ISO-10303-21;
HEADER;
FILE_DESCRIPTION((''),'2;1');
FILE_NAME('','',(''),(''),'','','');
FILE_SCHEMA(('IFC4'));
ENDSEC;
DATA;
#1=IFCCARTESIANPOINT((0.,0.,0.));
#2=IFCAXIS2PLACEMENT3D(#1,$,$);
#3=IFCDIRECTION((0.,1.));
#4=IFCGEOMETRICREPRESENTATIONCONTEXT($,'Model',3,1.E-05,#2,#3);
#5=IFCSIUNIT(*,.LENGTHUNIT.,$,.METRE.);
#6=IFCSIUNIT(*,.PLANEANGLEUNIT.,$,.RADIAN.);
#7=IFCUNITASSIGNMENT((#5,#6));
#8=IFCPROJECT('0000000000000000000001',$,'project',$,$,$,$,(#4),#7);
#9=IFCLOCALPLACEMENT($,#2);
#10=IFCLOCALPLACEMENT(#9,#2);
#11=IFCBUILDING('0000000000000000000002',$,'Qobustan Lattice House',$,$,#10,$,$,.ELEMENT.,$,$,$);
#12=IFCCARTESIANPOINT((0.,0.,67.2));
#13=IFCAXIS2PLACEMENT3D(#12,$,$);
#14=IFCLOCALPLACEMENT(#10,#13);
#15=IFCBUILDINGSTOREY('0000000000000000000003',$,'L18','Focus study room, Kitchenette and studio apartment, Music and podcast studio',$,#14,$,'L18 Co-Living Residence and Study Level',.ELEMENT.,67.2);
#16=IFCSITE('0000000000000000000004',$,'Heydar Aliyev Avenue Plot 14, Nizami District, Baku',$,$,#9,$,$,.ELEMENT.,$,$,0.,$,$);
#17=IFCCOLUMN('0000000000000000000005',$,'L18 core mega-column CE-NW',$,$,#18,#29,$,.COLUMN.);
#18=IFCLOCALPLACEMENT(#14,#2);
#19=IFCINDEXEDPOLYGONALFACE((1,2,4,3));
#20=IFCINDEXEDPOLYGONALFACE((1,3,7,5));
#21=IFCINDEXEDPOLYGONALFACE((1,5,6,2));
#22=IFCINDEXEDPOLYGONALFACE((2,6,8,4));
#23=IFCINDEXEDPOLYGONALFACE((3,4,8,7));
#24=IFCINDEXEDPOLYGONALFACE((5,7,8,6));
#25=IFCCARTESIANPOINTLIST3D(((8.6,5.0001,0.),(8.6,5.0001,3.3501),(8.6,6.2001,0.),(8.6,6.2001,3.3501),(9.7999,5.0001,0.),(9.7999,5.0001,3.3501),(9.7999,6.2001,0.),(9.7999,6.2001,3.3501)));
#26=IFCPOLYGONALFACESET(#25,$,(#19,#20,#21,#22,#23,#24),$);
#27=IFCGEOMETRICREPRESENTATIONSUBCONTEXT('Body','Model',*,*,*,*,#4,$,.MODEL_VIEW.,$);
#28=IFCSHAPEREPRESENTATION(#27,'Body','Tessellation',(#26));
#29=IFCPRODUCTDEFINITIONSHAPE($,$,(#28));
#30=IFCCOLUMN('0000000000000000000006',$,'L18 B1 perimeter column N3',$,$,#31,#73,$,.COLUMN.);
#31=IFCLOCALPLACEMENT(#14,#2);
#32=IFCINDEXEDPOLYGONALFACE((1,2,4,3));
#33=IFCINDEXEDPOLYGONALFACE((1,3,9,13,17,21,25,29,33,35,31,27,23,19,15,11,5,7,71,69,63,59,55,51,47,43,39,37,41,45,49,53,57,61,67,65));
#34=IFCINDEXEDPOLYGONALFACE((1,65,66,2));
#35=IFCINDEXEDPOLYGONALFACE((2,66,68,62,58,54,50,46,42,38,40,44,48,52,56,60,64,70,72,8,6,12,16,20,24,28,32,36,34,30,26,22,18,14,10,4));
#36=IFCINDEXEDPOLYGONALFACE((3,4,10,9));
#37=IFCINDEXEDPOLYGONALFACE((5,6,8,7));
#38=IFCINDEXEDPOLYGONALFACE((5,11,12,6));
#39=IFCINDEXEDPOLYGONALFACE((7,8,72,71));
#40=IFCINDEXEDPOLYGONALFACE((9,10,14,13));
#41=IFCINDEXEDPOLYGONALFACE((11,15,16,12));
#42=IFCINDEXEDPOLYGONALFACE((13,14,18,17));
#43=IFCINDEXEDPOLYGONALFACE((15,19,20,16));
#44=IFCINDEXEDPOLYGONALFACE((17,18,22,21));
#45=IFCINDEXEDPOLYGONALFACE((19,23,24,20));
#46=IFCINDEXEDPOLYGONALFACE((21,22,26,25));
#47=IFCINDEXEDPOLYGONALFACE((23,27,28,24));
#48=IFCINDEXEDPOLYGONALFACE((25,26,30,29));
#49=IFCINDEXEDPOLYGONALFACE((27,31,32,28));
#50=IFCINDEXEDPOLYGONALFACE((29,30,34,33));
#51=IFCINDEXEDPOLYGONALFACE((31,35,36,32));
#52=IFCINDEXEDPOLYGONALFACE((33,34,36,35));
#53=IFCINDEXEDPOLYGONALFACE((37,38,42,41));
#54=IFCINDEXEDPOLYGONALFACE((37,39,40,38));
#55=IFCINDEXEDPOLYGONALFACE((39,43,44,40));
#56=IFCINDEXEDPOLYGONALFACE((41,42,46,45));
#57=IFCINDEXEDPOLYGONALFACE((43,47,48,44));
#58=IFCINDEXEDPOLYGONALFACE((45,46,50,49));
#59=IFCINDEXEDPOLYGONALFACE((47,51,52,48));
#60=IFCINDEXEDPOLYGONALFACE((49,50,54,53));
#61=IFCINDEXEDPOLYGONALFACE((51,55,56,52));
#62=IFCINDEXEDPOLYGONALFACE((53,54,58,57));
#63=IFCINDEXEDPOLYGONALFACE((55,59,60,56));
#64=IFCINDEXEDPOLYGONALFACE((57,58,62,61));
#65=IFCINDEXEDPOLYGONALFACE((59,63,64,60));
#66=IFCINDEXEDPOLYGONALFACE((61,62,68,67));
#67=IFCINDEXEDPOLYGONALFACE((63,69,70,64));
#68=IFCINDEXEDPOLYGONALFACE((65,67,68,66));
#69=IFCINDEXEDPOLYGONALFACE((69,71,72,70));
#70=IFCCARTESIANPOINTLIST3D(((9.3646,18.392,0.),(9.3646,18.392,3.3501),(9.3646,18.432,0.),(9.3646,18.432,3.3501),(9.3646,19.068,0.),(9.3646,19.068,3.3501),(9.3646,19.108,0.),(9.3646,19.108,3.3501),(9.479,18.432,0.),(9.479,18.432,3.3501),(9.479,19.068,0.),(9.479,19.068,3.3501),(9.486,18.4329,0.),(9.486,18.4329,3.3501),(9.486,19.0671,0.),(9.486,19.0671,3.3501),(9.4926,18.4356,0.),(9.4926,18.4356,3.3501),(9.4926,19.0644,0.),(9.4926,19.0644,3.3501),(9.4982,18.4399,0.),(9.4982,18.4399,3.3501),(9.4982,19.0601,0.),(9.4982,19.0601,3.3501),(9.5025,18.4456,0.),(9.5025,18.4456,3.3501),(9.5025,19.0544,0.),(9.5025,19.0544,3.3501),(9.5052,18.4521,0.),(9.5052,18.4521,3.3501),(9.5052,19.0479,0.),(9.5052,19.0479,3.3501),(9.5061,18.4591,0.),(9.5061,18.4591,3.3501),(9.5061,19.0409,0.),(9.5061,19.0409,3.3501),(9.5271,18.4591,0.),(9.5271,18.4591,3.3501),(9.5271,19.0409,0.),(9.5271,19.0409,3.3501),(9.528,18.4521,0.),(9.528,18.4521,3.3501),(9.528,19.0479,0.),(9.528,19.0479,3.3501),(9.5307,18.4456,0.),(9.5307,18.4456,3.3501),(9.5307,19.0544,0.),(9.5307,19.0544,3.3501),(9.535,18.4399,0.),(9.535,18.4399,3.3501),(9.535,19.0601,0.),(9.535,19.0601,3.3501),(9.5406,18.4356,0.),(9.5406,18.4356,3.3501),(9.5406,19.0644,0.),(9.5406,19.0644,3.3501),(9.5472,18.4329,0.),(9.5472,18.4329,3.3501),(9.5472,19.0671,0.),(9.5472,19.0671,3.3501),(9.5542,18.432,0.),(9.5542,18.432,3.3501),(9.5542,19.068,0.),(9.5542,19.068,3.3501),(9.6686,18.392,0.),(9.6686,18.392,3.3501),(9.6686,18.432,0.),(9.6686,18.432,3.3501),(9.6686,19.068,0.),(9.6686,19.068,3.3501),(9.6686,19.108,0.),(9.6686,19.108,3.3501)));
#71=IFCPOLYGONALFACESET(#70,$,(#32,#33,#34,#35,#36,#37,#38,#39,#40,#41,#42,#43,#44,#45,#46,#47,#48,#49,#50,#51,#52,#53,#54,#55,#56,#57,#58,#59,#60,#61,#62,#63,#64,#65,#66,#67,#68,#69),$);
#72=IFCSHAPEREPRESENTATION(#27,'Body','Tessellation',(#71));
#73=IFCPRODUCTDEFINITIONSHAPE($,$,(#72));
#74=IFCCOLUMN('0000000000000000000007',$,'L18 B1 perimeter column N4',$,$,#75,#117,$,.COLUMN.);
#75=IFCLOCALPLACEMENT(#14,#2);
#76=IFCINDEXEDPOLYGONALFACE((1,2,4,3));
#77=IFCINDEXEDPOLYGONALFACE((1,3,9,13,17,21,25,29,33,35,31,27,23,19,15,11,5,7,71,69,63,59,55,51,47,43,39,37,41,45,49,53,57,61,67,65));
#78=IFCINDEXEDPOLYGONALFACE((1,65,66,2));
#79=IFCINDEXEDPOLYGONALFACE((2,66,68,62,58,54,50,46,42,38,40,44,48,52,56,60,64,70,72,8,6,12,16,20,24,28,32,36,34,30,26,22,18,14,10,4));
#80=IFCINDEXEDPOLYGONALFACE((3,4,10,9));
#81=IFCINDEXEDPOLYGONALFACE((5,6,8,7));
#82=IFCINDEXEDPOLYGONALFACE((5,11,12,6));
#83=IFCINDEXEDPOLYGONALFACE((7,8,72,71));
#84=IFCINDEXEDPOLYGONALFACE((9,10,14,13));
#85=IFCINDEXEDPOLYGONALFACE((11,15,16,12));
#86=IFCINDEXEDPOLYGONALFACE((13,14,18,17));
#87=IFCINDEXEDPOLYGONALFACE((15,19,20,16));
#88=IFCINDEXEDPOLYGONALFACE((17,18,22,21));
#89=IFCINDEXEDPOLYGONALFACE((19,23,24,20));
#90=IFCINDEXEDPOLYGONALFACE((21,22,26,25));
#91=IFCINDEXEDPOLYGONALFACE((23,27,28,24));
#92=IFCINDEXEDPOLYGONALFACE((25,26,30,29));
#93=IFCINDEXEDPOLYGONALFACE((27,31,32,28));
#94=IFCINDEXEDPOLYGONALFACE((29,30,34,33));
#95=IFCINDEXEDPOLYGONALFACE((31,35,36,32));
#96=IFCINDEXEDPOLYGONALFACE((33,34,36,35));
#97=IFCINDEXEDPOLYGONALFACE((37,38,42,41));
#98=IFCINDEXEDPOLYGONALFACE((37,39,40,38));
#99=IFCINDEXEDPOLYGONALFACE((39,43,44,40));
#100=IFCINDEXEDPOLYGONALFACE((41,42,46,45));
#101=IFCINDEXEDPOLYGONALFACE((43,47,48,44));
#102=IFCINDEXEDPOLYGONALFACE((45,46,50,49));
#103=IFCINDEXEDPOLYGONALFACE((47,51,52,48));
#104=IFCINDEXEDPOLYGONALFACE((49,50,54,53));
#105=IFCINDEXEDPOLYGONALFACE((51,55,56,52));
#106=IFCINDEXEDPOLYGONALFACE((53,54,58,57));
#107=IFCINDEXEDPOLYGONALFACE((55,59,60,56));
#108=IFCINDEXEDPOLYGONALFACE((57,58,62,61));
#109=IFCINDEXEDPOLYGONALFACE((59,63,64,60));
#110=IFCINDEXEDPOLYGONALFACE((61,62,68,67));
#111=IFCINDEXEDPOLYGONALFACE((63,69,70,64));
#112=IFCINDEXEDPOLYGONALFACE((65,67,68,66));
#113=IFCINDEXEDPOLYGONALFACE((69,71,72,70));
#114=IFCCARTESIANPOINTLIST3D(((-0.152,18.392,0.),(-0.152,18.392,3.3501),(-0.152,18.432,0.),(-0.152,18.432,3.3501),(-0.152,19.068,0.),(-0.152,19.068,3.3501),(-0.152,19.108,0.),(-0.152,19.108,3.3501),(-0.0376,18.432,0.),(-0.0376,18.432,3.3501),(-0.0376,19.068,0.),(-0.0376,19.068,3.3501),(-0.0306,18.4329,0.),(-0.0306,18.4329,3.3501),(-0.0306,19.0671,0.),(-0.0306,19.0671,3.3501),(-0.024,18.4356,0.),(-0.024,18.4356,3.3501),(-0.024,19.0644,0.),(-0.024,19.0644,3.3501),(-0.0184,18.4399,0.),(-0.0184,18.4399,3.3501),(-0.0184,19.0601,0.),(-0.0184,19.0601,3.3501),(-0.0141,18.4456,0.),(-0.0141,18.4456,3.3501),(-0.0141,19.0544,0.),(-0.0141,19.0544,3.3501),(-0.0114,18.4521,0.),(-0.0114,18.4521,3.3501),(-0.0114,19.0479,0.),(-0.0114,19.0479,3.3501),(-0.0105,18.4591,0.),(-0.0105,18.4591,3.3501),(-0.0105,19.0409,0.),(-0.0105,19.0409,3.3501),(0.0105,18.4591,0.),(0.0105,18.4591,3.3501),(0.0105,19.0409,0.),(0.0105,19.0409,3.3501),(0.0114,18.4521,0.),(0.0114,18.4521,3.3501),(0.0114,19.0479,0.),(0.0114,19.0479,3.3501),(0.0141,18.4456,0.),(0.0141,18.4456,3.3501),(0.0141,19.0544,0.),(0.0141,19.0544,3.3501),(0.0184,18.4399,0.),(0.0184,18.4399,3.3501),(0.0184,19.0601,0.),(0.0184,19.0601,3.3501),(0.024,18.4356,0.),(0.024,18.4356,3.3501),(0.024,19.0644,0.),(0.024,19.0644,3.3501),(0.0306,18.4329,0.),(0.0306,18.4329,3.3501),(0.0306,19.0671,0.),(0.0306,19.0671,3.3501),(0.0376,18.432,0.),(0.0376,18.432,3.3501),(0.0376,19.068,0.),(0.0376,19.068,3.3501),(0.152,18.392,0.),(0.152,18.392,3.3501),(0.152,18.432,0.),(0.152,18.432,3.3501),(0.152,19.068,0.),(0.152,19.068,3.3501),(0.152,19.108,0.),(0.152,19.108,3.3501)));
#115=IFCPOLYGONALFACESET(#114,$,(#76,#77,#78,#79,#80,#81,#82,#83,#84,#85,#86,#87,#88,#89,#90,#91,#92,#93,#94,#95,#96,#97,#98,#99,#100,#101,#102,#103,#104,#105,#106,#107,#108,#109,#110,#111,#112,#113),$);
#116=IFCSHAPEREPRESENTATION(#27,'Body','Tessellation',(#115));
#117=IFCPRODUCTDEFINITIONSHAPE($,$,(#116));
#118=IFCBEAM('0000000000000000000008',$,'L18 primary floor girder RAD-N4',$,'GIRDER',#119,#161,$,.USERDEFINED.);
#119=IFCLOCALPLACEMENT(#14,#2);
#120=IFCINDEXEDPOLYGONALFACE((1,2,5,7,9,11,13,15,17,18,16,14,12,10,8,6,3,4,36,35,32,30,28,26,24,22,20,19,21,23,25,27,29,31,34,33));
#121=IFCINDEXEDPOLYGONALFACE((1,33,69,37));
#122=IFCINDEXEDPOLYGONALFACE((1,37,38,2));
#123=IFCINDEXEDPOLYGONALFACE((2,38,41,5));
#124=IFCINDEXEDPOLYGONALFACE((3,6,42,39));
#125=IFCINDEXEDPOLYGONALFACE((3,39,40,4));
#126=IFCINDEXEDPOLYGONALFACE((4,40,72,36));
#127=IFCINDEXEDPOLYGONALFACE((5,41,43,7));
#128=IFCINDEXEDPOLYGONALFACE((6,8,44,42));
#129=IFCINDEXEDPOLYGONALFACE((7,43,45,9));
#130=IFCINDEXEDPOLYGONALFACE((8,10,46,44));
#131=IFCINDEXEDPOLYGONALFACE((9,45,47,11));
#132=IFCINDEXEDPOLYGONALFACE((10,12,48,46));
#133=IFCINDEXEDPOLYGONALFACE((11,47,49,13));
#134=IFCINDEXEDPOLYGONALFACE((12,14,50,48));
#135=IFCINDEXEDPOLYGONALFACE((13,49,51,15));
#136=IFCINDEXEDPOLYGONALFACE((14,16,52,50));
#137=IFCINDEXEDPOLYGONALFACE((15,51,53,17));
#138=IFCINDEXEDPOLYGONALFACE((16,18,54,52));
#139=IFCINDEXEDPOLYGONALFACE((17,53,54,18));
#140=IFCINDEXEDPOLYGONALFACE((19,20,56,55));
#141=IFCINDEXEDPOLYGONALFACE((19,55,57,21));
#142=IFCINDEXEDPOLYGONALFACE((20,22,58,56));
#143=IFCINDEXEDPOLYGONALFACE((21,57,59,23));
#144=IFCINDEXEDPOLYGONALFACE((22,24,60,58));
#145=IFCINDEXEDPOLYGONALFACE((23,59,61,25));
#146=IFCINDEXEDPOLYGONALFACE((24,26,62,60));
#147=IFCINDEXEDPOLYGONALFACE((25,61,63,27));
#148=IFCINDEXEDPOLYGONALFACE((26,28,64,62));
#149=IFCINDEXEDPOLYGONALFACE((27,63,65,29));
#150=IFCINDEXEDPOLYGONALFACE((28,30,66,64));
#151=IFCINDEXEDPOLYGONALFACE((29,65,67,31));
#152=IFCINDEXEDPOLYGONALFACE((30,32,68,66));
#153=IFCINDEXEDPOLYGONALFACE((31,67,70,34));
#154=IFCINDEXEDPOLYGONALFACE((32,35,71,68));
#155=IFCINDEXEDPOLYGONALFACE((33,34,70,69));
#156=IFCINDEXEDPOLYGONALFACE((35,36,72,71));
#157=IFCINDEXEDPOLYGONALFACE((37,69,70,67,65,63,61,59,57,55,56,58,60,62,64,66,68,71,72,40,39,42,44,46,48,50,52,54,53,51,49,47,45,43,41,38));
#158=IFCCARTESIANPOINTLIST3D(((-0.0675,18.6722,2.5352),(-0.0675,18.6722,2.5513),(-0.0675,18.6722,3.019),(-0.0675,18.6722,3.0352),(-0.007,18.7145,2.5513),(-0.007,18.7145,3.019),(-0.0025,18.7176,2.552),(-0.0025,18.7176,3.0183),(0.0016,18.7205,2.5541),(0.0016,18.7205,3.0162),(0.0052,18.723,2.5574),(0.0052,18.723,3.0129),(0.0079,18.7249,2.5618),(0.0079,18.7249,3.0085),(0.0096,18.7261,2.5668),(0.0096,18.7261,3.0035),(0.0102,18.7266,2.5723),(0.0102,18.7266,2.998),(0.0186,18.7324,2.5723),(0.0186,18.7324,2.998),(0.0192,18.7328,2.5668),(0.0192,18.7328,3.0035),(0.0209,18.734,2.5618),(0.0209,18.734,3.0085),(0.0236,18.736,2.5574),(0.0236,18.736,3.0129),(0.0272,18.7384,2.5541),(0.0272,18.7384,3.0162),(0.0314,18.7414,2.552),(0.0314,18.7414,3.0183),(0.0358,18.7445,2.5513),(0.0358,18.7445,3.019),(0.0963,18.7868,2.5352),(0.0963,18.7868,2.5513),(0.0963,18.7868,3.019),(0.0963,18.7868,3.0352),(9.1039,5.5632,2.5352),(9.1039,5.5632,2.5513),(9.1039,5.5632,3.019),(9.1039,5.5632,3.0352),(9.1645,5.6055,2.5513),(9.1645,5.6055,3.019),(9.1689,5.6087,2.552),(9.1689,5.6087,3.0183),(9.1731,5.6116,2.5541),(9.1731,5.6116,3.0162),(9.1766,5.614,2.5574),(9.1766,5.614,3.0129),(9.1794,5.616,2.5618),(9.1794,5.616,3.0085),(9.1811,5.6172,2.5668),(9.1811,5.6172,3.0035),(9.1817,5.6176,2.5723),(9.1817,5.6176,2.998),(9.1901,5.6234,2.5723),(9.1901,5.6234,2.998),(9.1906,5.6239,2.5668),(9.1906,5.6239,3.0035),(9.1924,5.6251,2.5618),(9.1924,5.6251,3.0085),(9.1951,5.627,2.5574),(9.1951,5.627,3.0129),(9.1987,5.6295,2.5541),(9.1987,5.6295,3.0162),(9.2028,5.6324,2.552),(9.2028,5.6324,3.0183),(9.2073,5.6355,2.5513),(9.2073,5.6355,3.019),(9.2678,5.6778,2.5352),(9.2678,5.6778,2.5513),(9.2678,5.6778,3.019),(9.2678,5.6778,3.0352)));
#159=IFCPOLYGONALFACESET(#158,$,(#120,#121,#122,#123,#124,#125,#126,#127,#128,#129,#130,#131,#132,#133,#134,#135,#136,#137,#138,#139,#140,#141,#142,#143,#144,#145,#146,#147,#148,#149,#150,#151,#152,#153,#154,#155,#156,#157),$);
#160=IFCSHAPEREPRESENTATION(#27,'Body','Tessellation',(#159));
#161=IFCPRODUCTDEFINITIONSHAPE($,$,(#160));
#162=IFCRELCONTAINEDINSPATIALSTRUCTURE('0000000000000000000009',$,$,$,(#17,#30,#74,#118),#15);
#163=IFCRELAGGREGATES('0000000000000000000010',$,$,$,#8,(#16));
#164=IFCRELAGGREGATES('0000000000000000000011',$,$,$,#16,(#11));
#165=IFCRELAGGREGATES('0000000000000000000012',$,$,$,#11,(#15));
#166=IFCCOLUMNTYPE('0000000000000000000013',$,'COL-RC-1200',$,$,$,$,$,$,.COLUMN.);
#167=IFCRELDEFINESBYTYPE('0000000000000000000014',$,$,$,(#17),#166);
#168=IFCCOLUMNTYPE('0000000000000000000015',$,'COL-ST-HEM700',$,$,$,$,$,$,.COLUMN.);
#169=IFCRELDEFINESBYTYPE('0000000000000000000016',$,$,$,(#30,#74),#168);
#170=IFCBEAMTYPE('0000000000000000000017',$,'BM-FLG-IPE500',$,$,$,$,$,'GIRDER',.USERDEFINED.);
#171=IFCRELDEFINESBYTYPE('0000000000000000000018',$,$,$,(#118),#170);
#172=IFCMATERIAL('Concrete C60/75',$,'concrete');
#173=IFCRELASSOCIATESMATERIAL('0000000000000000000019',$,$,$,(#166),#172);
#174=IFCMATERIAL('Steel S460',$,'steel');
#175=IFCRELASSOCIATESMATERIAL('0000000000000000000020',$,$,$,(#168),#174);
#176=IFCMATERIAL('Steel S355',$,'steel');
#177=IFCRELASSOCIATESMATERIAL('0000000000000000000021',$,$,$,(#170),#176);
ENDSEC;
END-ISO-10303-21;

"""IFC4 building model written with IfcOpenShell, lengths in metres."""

from ifc_helpers import new_model, si_unit, direction, frame, origin, origin_2d, place, context, subcontext, project, spatial, rectangle, i_section, extrude, material, material_profile, profile_set, type_object, element, save


model = new_model("IFC4")

# Units and contexts
model_context = context("Model", 3, precision=1e-05, world=origin(), true_north=direction((0.0, 1.0)))
body_context = subcontext(model_context, "Body", "Model", "MODEL_VIEW")
ifc_project = project(units=[si_unit("LENGTHUNIT", "METRE"), si_unit("PLANEANGLEUNIT", "RADIAN")], contexts=[model_context])

# Site, building, storey
site_placement = place(None, origin())
site = spatial("IfcSite", under=ifc_project, at=site_placement, Name="Heydar Aliyev Avenue Plot 14, Nizami District, Baku", CompositionType="ELEMENT", RefElevation=0.0)
building_placement = place(site_placement, origin())
building = spatial("IfcBuilding", under=site, at=building_placement, Name="Qobustan Lattice House", CompositionType="ELEMENT")
storey_placement = place(building_placement, frame((0.0, 0.0, 67.2)))
storey = spatial("IfcBuildingStorey", under=building, at=storey_placement, Name="L18", Description="Focus study room, Kitchenette and studio apartment, Music and podcast studio", LongName="L18 Co-Living Residence and Study Level", CompositionType="ELEMENT", Elevation=67.2)

# Columns
ifc_material_1 = material(Name="Concrete C60/75", Category="concrete")
ifc_material_profile_1 = material_profile(ifc_material_1, rectangle(XDim=1.2, YDim=1.2, at=origin_2d()), Name="RC1200x1200")
ifc_profile_set_1 = profile_set([ifc_material_profile_1], Name="Concrete C60/75")
column_type_1 = type_object("IfcColumnType", Name="COL-RC-1200", PredefinedType="COLUMN", material=ifc_profile_set_1)
column_placement = place(storey_placement, frame((9.2, 5.6001, 0.0), z_axis=(0.0, 0.0, 1.0), x_axis=(1.0, 0.0, 0.0)))
element("IfcColumn", 1, at=column_placement, inside=storey, type_object=column_type_1, Name="L18 core mega-column CE-NW", PredefinedType="COLUMN", context=body_context, shape_type="SweptSolid", body=[
    extrude(rectangle(XDim=1.2, YDim=1.2, at=origin_2d()), origin(), (0.0, 0.0, 1.0), 3.3501),
])
ifc_material_2 = material(Name="Steel S460", Category="steel")
ifc_material_profile_2 = material_profile(ifc_material_2, i_section(OverallWidth=0.304, OverallDepth=0.7161, WebThickness=0.021, FlangeThickness=0.04, FilletRadius=0.0271, at=origin_2d()), Name="HEM700")
ifc_profile_set_2 = profile_set([ifc_material_profile_2], Name="Steel S460")
column_type_2 = type_object("IfcColumnType", Name="COL-ST-HEM700", PredefinedType="COLUMN", material=ifc_profile_set_2)
for number, where, z_axis, x_axis, name in (
    (2, (9.5166, 18.75, 0.0), (0.0, 0.0, 1.0), (1.0, 0.0, 0.0), "L18 B1 perimeter column N3"),
    (3, (0.0, 18.75, 0.0), (0.0, 0.0, 1.0), (1.0, 0.0, 0.0), "L18 B1 perimeter column N4"),
):
    element("IfcColumn", number, at=place(storey_placement, frame(where, z_axis=z_axis, x_axis=x_axis)), inside=storey, type_object=column_type_2, Name=name, PredefinedType="COLUMN", context=body_context, shape_type="SweptSolid", body=[
        extrude(i_section(OverallWidth=0.304, OverallDepth=0.7161, WebThickness=0.021, FlangeThickness=0.04, FilletRadius=0.0271, at=origin_2d()), origin(), (0.0, 0.0, 1.0), 3.3501),
    ])

# Beam
ifc_material_3 = material(Name="Steel S355", Category="steel")
ifc_material_profile_3 = material_profile(ifc_material_3, i_section(OverallWidth=0.2, OverallDepth=0.5, WebThickness=0.0103, FlangeThickness=0.0161, FilletRadius=0.021, at=origin_2d()), Name="IPE500")
ifc_profile_set_3 = profile_set([ifc_material_profile_3], Name="Steel S355")
beam_type_1 = type_object("IfcBeamType", Name="BM-FLG-IPE500", ElementType="GIRDER", PredefinedType="USERDEFINED", material=ifc_profile_set_3)
beam_1_placement = place(storey_placement, frame((0.0144, 18.7295, 2.7852), z_axis=(0.57326, -0.819374, 0.0), x_axis=(0.819374, 0.57326, 0.0)))
element("IfcBeam", 4, at=beam_1_placement, inside=storey, type_object=beam_type_1, Name="L18 primary floor girder RAD-N4", ObjectType="GIRDER", PredefinedType="USERDEFINED", context=body_context, shape_type="SweptSolid", body=[
    extrude(i_section(OverallWidth=0.2, OverallDepth=0.5, WebThickness=0.0103, FlangeThickness=0.0161, FilletRadius=0.021, at=origin_2d()), origin(), (0.0, 0.0, 1.0), 15.9988),
])

save(model, "model.ifc")
